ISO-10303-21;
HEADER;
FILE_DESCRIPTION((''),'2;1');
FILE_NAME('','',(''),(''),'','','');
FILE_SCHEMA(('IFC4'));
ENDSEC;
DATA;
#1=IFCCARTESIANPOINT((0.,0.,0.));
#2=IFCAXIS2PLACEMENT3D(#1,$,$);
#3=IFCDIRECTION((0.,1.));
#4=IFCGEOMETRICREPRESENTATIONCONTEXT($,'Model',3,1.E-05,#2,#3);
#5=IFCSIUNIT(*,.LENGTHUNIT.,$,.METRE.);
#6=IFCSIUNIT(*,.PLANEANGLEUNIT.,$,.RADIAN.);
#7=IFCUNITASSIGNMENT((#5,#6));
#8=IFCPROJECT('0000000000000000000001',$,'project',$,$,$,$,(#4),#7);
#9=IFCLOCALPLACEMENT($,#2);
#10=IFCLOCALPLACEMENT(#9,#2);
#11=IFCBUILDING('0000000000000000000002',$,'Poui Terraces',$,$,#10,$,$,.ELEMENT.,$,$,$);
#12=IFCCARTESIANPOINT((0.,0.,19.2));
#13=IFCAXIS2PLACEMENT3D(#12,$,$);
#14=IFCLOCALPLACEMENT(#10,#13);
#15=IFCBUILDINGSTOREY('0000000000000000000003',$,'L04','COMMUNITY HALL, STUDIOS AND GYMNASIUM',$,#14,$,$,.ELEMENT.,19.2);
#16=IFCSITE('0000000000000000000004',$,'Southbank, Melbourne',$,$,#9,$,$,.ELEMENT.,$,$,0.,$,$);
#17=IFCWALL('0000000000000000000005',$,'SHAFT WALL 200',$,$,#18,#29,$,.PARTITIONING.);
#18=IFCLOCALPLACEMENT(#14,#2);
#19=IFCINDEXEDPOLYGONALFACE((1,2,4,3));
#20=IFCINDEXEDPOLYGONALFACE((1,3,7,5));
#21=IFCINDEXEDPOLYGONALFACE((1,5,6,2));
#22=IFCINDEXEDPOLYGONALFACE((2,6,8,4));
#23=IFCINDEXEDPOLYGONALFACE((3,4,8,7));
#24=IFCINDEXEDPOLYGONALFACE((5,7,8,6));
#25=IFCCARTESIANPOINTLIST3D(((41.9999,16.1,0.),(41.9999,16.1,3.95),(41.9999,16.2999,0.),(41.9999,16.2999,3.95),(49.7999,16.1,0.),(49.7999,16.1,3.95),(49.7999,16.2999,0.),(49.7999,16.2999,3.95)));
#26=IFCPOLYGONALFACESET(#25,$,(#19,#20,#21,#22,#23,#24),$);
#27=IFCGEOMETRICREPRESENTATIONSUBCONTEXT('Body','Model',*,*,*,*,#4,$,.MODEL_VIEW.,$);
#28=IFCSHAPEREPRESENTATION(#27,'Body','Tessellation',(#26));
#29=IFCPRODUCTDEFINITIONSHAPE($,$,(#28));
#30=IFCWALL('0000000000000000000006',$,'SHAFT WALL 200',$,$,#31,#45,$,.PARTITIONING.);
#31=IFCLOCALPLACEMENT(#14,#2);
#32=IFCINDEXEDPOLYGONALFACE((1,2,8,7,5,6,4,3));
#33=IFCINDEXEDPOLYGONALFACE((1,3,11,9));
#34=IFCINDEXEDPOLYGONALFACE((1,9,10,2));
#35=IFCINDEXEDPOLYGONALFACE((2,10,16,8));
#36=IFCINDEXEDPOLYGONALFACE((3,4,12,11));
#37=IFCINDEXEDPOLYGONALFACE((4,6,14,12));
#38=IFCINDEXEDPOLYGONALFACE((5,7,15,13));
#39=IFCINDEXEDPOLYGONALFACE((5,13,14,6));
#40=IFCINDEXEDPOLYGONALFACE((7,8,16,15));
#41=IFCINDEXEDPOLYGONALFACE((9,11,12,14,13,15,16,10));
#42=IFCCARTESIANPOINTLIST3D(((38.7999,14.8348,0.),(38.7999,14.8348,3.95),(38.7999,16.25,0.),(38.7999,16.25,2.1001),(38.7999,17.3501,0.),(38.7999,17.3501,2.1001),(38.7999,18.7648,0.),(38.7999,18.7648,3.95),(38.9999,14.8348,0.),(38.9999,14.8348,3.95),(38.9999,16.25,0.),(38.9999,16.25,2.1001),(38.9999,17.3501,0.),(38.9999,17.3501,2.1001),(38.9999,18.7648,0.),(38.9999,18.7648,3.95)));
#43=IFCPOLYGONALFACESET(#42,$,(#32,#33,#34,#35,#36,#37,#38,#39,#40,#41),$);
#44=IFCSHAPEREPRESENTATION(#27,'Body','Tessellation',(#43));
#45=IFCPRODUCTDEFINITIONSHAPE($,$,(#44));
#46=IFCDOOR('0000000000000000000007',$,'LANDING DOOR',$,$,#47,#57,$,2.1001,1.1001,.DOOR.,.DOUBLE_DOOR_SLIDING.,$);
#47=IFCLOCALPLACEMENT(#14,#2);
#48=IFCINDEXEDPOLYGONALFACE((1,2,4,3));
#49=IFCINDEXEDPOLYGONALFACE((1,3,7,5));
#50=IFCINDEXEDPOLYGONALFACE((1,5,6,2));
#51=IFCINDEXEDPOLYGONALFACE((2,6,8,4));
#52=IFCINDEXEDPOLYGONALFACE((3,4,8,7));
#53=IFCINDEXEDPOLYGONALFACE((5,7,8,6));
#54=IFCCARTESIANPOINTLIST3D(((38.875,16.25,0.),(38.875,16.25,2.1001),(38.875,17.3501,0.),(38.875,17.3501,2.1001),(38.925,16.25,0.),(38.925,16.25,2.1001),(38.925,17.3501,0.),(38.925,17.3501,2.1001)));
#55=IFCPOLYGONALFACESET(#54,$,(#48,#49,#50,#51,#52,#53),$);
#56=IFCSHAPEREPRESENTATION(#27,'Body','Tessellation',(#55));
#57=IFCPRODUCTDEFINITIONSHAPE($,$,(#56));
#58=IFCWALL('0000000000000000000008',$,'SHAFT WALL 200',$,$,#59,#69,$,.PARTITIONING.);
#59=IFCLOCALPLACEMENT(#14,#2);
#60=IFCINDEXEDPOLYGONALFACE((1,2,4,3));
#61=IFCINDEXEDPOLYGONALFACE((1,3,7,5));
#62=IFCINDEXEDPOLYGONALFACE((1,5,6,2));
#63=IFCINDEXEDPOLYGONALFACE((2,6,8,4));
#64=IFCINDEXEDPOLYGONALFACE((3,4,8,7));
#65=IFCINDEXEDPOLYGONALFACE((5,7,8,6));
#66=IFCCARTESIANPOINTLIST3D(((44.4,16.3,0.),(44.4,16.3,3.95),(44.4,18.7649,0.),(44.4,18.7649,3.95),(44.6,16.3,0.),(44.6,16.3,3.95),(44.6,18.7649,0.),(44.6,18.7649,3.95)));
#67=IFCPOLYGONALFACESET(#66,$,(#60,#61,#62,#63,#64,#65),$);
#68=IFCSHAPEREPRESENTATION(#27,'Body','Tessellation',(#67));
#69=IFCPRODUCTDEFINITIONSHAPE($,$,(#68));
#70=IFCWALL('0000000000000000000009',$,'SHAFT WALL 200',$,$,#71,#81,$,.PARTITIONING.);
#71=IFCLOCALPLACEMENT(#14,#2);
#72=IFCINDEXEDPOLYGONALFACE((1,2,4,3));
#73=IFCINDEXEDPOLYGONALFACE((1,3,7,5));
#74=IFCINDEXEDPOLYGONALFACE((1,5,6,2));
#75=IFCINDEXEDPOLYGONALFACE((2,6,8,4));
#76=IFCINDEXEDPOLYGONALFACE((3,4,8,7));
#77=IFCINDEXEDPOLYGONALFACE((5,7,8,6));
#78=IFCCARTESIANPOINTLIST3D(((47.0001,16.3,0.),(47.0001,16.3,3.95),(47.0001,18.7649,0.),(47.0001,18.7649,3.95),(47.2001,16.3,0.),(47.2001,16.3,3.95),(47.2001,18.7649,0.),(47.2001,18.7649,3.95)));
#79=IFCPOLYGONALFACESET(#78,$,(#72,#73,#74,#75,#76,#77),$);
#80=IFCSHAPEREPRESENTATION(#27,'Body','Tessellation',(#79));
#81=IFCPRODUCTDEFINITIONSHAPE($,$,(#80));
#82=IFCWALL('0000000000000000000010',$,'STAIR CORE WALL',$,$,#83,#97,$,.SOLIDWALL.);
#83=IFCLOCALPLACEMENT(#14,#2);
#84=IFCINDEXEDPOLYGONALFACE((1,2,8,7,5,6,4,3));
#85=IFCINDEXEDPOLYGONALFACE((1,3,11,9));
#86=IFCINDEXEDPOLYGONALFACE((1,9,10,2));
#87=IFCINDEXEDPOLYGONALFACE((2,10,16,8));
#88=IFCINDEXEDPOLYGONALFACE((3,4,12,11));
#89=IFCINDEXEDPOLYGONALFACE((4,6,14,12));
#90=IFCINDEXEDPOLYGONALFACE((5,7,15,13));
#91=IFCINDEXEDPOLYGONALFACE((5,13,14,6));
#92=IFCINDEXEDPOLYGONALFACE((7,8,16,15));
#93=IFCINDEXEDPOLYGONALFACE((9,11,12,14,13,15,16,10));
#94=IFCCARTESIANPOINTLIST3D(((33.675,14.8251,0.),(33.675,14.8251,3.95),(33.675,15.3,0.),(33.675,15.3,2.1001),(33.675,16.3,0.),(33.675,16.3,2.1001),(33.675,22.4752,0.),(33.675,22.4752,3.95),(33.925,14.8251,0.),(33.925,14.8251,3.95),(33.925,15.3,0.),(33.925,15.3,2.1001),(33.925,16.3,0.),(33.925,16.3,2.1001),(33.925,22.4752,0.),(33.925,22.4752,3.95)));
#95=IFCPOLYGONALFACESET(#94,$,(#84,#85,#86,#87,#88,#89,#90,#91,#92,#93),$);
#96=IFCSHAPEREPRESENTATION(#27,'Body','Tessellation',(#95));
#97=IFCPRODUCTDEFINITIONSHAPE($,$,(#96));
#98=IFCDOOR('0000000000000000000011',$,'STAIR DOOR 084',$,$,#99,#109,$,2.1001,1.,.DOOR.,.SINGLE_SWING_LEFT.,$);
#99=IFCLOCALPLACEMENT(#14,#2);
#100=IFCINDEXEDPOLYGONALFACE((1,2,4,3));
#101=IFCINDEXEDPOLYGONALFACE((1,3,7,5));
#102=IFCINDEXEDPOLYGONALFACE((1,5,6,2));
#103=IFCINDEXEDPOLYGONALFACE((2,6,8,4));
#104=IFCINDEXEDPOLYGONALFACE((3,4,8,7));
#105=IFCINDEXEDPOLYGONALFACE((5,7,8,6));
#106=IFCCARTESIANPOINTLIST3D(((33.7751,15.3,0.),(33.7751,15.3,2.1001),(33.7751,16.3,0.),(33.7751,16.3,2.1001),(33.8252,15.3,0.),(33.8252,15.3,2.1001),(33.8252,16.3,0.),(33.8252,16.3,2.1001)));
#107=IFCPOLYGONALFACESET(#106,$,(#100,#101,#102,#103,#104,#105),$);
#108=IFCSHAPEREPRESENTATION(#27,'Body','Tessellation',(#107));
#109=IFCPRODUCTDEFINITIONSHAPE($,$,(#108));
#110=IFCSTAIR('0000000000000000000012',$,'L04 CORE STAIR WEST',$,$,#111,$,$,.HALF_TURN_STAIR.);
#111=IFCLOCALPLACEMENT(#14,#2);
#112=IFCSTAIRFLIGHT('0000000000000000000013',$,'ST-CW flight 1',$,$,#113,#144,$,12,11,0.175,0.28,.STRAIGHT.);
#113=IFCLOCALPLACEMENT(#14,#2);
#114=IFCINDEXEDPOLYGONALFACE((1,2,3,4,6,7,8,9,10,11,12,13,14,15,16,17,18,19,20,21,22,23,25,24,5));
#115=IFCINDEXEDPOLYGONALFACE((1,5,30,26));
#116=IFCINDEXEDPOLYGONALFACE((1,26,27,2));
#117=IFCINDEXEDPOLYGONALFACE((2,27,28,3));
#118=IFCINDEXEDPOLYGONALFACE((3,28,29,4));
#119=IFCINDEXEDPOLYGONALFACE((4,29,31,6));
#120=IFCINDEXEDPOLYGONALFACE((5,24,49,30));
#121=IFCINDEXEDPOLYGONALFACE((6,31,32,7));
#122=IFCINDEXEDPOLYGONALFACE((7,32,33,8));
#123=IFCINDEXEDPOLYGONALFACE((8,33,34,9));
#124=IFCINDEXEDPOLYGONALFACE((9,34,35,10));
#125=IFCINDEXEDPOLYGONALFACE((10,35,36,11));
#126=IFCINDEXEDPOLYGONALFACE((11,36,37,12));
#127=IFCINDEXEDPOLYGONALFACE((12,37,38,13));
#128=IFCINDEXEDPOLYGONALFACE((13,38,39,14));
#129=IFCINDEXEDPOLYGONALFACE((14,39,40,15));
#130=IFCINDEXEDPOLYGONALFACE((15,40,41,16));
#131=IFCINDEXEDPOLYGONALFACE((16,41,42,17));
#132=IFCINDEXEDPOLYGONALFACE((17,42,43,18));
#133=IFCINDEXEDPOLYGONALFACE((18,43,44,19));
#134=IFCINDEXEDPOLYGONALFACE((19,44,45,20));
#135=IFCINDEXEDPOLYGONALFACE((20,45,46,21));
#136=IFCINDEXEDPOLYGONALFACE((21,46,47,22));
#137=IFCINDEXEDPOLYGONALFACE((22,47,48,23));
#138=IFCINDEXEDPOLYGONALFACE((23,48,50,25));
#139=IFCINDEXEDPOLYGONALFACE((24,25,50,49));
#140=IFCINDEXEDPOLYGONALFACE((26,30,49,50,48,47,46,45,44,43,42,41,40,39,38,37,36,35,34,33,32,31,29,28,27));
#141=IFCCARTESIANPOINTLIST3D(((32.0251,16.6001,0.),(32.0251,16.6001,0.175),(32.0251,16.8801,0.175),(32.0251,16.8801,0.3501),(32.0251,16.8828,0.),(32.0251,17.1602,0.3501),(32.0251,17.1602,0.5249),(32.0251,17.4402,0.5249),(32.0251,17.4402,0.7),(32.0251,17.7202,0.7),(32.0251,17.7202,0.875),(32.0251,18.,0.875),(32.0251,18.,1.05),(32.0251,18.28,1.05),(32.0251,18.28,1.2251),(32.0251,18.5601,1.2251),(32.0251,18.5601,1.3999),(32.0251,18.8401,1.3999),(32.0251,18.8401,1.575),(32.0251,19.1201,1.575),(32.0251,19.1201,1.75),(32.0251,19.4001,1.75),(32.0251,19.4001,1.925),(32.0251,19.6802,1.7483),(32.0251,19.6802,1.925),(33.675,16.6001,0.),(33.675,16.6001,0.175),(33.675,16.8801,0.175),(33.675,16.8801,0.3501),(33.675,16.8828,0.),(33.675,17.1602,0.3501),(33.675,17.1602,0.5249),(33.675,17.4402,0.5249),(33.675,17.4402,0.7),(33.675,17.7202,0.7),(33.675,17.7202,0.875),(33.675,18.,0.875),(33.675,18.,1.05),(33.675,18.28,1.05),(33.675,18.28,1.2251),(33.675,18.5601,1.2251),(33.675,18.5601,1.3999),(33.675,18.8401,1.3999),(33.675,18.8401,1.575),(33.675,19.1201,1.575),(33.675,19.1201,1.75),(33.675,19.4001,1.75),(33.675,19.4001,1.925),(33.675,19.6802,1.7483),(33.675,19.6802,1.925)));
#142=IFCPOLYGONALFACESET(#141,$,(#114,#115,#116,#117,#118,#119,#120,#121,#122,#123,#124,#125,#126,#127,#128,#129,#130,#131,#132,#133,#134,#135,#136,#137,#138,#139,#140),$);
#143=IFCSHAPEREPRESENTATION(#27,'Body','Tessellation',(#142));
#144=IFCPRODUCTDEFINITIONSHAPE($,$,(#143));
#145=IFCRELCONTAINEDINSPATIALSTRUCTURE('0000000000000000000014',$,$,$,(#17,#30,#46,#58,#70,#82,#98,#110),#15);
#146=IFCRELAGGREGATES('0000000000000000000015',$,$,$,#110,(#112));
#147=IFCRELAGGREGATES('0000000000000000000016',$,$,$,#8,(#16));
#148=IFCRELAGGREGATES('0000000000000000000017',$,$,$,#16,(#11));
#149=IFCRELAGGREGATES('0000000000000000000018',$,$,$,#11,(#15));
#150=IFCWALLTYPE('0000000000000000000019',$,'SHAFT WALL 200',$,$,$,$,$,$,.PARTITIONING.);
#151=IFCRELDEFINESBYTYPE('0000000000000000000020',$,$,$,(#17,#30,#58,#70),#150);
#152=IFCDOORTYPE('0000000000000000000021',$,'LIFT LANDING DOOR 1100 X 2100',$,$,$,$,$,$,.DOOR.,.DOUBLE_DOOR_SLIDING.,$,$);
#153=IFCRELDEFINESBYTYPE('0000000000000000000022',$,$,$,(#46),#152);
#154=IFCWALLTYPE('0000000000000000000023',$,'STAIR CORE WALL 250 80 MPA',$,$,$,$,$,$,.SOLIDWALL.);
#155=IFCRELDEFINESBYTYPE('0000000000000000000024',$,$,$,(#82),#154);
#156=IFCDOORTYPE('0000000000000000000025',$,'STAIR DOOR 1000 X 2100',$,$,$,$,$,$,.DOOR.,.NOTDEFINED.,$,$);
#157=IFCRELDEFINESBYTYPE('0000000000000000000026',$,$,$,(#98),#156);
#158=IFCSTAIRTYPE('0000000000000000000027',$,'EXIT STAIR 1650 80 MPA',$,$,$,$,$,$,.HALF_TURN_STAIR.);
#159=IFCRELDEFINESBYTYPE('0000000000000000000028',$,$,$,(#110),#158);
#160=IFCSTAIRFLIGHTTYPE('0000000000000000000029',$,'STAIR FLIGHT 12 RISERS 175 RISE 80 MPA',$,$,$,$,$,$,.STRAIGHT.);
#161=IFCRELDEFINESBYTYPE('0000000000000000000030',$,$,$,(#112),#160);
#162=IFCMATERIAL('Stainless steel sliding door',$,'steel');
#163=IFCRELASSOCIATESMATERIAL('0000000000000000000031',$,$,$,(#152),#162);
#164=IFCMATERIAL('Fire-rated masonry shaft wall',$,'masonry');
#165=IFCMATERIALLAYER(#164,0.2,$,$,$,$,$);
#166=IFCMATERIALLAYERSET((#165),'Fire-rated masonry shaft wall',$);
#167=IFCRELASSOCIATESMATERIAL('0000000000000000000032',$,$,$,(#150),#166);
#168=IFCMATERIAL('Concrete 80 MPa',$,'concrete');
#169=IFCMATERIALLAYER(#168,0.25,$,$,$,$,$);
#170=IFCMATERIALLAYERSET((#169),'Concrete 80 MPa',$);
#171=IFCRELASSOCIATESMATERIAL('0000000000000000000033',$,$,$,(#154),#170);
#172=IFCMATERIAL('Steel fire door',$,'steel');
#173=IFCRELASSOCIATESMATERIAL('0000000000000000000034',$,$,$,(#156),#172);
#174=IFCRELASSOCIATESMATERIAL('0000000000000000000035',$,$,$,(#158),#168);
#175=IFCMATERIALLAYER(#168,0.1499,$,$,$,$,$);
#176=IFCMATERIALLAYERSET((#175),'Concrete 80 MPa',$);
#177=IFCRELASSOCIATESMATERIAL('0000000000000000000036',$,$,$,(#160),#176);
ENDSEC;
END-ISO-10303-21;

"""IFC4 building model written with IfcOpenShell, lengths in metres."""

from ifc_helpers import new_model, si_unit, direction, frame, frame_2d, origin, place, context, subcontext, project, spatial, polyline, rectangle, outline, extrude, material, layer, layer_set, type_object, element, fill, aggregate, save


model = new_model("IFC4")

# Units and contexts
model_context = context("Model", 3, precision=1e-05, world=origin(), true_north=direction((0.0, 1.0)))
body_context = subcontext(model_context, "Body", "Model", "MODEL_VIEW")
ifc_project = project(units=[si_unit("LENGTHUNIT", "METRE"), si_unit("PLANEANGLEUNIT", "RADIAN")], contexts=[model_context])

# Site, building, storey
site_placement = place(None, origin())
site = spatial("IfcSite", under=ifc_project, at=site_placement, Name="Southbank, Melbourne", CompositionType="ELEMENT", RefElevation=0.0)
building_placement = place(site_placement, origin())
building = spatial("IfcBuilding", under=site, at=building_placement, Name="Poui Terraces", CompositionType="ELEMENT")
storey_placement = place(building_placement, frame((0.0, 0.0, 19.2)))
storey = spatial("IfcBuildingStorey", under=building, at=storey_placement, Name="L04", Description="COMMUNITY HALL, STUDIOS AND GYMNASIUM", CompositionType="ELEMENT", Elevation=19.2)

# Shared definitions
ifc_material_1 = material(Name="Concrete 80 MPa", Category="concrete")
ifc_material_2 = material(Name="Steel fire door", Category="steel")
ifc_material_3 = material(Name="Stainless steel sliding door", Category="steel")
door_type_1 = type_object("IfcDoorType", Name="LIFT LANDING DOOR 1100 X 2100", OperationType="DOUBLE_DOOR_SLIDING", PredefinedType="DOOR", material=ifc_material_3)

# Wall
ifc_material_4 = material(Name="Fire-rated masonry shaft wall", Category="masonry")
ifc_layer_1 = layer(ifc_material_4, 0.2)
ifc_layer_set_1 = layer_set([ifc_layer_1], Name="Fire-rated masonry shaft wall")
wall_type_1 = type_object("IfcWallType", Name="SHAFT WALL 200", PredefinedType="PARTITIONING", material=ifc_layer_set_1)
wall_1_placement = place(storey_placement, frame((42.0, 16.2, 0.0), z_axis=(0.0, 0.0, 1.0), x_axis=(1.0, 0.0, 0.0)))
element("IfcWall", 1, at=wall_1_placement, inside=storey, type_object=wall_type_1, Name="SHAFT WALL 200", PredefinedType="PARTITIONING", context=body_context, shape_type="SweptSolid", body=[
    extrude(rectangle(XDim=7.8, YDim=0.2, at=frame_2d((3.8999, 0.0))), origin(), (0.0, 0.0, 1.0), 3.95),
])

# Wall, opening, door
wall_2_placement = place(storey_placement, frame((38.8999, 14.835, 0.0), z_axis=(0.0, 0.0, 1.0), x_axis=(0.0, 1.0, 0.0)))
wall_2 = element("IfcWall", 2, at=wall_2_placement, inside=storey, type_object=wall_type_1, Name="SHAFT WALL 200", PredefinedType="PARTITIONING", context=body_context, shape_type="SweptSolid", body=[
    extrude(rectangle(XDim=3.9299, YDim=0.2, at=frame_2d((1.9648, 0.0))), origin(), (0.0, 0.0, 1.0), 3.95),
])
opening_1_placement = place(wall_2_placement, frame((1.415, 0.0, 0.0)))
opening_1 = element("IfcOpeningElement", 3, at=opening_1_placement, cuts=wall_2, PredefinedType="OPENING", context=body_context, shape_type="SweptSolid", body=[
    extrude(rectangle(XDim=1.1001, YDim=2.1001, at=frame_2d((0.55, 1.05))), frame((0.0, 0.1099, 0.0), z_axis=(0.0, -1.0, 0.0), x_axis=(1.0, 0.0, 0.0)), (0.0, 0.0, 1.0), 0.22),
])
door_1_placement = place(opening_1_placement, origin())
door_1 = element("IfcDoor", 4, at=door_1_placement, inside=storey, type_object=door_type_1, Name="LANDING DOOR", OperationType="DOUBLE_DOOR_SLIDING", OverallHeight=2.1001, OverallWidth=1.1001, PredefinedType="DOOR", context=body_context, shape_type="SweptSolid", body=[
    extrude(rectangle(XDim=1.1001, YDim=2.1001, at=frame_2d((0.55, 1.05))), frame((0.0, 0.0249, 0.0), z_axis=(0.0, -1.0, 0.0), x_axis=(1.0, 0.0, 0.0)), (0.0, 0.0, 1.0), 0.05),
])
fill(opening_1, door_1)

# Walls
for number, where, z_axis, x_axis, name in (
    (5, (44.5, 16.3, 0.0), (0.0, 0.0, 1.0), (0.0, 1.0, 0.0), "SHAFT WALL 200"),
    (6, (47.1001, 16.3, 0.0), (0.0, 0.0, 1.0), (0.0, 1.0, 0.0), "SHAFT WALL 200"),
):
    element("IfcWall", number, at=place(storey_placement, frame(where, z_axis=z_axis, x_axis=x_axis)), inside=storey, type_object=wall_type_1, Name=name, PredefinedType="PARTITIONING", context=body_context, shape_type="SweptSolid", body=[
        extrude(rectangle(XDim=2.4648, YDim=0.2, at=frame_2d((1.2324, 0.0))), origin(), (0.0, 0.0, 1.0), 3.95),
    ])

# Wall, opening, door
ifc_layer_2 = layer(ifc_material_1, 0.25)
ifc_layer_set_2 = layer_set([ifc_layer_2], Name="Concrete 80 MPa")
wall_type_2 = type_object("IfcWallType", Name="STAIR CORE WALL 250 80 MPA", PredefinedType="SOLIDWALL", material=ifc_layer_set_2)
wall_3_placement = place(storey_placement, frame((33.8, 14.825, 0.0), z_axis=(0.0, 0.0, 1.0), x_axis=(0.0, 1.0, 0.0)))
wall_3 = element("IfcWall", 7, at=wall_3_placement, inside=storey, type_object=wall_type_2, Name="STAIR CORE WALL", PredefinedType="SOLIDWALL", context=body_context, shape_type="SweptSolid", body=[
    extrude(rectangle(XDim=7.6501, YDim=0.25, at=frame_2d((3.8252, 0.0))), origin(), (0.0, 0.0, 1.0), 3.95),
])
opening_2_placement = place(wall_3_placement, frame((0.4751, 0.0, 0.0)))
opening_2 = element("IfcOpeningElement", 8, at=opening_2_placement, cuts=wall_3, PredefinedType="OPENING", context=body_context, shape_type="SweptSolid", body=[
    extrude(rectangle(XDim=1.0, YDim=2.1001, at=frame_2d((0.5, 1.05))), frame((0.0, 0.135, 0.0), z_axis=(0.0, -1.0, 0.0), x_axis=(1.0, 0.0, 0.0)), (0.0, 0.0, 1.0), 0.27),
])
door_type_2 = type_object("IfcDoorType", Name="STAIR DOOR 1000 X 2100", OperationType="NOTDEFINED", PredefinedType="DOOR", material=ifc_material_2)
door_2_placement = place(opening_2_placement, origin())
door_2 = element("IfcDoor", 9, at=door_2_placement, inside=storey, type_object=door_type_2, Name="STAIR DOOR 084", OperationType="SINGLE_SWING_LEFT", OverallHeight=2.1001, OverallWidth=1.0, PredefinedType="DOOR", context=body_context, shape_type="SweptSolid", body=[
    extrude(rectangle(XDim=1.0, YDim=2.1001, at=frame_2d((0.5, 1.05))), frame((0.0, 0.0249, 0.0), z_axis=(0.0, -1.0, 0.0), x_axis=(1.0, 0.0, 0.0)), (0.0, 0.0, 1.0), 0.05),
])
fill(opening_2, door_2)

# Stair, stair flight
stair_type = type_object("IfcStairType", Name="EXIT STAIR 1650 80 MPA", PredefinedType="HALF_TURN_STAIR", material=ifc_material_1)
stair_placement = place(storey_placement, origin())
stair = element("IfcStair", 10, at=stair_placement, inside=storey, type_object=stair_type, Name="L04 CORE STAIR WEST", PredefinedType="HALF_TURN_STAIR")
ifc_layer_3 = layer(ifc_material_1, 0.1499)
ifc_layer_set_3 = layer_set([ifc_layer_3], Name="Concrete 80 MPa")
stair_flight_type = type_object("IfcStairFlightType", Name="STAIR FLIGHT 12 RISERS 175 RISE 80 MPA", PredefinedType="STRAIGHT", material=ifc_layer_set_3)
stair_flight_placement = place(storey_placement, frame((32.8501, 16.6001, 0.0), z_axis=(0.0, 0.0, 1.0), x_axis=(0.0, 1.0, 0.0)))
stair_flight = element("IfcStairFlight", 11, at=stair_flight_placement, type_object=stair_flight_type, Name="ST-CW flight 1", NumberOfRisers=12, NumberOfTreads=11, PredefinedType="STRAIGHT", RiserHeight=0.175, TreadLength=0.28, context=body_context, shape_type="SweptSolid", body=[
    extrude(outline(polyline([(0.0, 0.0), (0.0, 0.175), (0.28, 0.175), (0.28, 0.3501), (0.5601, 0.3501), (0.5601, 0.5249), (0.8401, 0.5249), (0.8401, 0.7), (1.1201, 0.7), (1.1201, 0.875), (1.3999, 0.875), (1.3999, 1.05), (1.6799, 1.05), (1.6799, 1.2251), (1.96, 1.2251), (1.96, 1.3999), (2.24, 1.3999), (2.24, 1.575), (2.52, 1.575), (2.52, 1.75), (2.8, 1.75), (2.8, 1.925), (3.0801, 1.925), (3.0801, 2.1001), (3.0801, 1.7483), (0.2827, 0.0), (0.0, 0.0)])), frame((0.0, 0.825, 0.0), z_axis=(0.0, -1.0, 0.0), x_axis=(1.0, 0.0, 0.0)), (0.0, 0.0, 1.0), 1.6499),
])
aggregate(stair, [stair_flight])

save(model, "model.ifc")
